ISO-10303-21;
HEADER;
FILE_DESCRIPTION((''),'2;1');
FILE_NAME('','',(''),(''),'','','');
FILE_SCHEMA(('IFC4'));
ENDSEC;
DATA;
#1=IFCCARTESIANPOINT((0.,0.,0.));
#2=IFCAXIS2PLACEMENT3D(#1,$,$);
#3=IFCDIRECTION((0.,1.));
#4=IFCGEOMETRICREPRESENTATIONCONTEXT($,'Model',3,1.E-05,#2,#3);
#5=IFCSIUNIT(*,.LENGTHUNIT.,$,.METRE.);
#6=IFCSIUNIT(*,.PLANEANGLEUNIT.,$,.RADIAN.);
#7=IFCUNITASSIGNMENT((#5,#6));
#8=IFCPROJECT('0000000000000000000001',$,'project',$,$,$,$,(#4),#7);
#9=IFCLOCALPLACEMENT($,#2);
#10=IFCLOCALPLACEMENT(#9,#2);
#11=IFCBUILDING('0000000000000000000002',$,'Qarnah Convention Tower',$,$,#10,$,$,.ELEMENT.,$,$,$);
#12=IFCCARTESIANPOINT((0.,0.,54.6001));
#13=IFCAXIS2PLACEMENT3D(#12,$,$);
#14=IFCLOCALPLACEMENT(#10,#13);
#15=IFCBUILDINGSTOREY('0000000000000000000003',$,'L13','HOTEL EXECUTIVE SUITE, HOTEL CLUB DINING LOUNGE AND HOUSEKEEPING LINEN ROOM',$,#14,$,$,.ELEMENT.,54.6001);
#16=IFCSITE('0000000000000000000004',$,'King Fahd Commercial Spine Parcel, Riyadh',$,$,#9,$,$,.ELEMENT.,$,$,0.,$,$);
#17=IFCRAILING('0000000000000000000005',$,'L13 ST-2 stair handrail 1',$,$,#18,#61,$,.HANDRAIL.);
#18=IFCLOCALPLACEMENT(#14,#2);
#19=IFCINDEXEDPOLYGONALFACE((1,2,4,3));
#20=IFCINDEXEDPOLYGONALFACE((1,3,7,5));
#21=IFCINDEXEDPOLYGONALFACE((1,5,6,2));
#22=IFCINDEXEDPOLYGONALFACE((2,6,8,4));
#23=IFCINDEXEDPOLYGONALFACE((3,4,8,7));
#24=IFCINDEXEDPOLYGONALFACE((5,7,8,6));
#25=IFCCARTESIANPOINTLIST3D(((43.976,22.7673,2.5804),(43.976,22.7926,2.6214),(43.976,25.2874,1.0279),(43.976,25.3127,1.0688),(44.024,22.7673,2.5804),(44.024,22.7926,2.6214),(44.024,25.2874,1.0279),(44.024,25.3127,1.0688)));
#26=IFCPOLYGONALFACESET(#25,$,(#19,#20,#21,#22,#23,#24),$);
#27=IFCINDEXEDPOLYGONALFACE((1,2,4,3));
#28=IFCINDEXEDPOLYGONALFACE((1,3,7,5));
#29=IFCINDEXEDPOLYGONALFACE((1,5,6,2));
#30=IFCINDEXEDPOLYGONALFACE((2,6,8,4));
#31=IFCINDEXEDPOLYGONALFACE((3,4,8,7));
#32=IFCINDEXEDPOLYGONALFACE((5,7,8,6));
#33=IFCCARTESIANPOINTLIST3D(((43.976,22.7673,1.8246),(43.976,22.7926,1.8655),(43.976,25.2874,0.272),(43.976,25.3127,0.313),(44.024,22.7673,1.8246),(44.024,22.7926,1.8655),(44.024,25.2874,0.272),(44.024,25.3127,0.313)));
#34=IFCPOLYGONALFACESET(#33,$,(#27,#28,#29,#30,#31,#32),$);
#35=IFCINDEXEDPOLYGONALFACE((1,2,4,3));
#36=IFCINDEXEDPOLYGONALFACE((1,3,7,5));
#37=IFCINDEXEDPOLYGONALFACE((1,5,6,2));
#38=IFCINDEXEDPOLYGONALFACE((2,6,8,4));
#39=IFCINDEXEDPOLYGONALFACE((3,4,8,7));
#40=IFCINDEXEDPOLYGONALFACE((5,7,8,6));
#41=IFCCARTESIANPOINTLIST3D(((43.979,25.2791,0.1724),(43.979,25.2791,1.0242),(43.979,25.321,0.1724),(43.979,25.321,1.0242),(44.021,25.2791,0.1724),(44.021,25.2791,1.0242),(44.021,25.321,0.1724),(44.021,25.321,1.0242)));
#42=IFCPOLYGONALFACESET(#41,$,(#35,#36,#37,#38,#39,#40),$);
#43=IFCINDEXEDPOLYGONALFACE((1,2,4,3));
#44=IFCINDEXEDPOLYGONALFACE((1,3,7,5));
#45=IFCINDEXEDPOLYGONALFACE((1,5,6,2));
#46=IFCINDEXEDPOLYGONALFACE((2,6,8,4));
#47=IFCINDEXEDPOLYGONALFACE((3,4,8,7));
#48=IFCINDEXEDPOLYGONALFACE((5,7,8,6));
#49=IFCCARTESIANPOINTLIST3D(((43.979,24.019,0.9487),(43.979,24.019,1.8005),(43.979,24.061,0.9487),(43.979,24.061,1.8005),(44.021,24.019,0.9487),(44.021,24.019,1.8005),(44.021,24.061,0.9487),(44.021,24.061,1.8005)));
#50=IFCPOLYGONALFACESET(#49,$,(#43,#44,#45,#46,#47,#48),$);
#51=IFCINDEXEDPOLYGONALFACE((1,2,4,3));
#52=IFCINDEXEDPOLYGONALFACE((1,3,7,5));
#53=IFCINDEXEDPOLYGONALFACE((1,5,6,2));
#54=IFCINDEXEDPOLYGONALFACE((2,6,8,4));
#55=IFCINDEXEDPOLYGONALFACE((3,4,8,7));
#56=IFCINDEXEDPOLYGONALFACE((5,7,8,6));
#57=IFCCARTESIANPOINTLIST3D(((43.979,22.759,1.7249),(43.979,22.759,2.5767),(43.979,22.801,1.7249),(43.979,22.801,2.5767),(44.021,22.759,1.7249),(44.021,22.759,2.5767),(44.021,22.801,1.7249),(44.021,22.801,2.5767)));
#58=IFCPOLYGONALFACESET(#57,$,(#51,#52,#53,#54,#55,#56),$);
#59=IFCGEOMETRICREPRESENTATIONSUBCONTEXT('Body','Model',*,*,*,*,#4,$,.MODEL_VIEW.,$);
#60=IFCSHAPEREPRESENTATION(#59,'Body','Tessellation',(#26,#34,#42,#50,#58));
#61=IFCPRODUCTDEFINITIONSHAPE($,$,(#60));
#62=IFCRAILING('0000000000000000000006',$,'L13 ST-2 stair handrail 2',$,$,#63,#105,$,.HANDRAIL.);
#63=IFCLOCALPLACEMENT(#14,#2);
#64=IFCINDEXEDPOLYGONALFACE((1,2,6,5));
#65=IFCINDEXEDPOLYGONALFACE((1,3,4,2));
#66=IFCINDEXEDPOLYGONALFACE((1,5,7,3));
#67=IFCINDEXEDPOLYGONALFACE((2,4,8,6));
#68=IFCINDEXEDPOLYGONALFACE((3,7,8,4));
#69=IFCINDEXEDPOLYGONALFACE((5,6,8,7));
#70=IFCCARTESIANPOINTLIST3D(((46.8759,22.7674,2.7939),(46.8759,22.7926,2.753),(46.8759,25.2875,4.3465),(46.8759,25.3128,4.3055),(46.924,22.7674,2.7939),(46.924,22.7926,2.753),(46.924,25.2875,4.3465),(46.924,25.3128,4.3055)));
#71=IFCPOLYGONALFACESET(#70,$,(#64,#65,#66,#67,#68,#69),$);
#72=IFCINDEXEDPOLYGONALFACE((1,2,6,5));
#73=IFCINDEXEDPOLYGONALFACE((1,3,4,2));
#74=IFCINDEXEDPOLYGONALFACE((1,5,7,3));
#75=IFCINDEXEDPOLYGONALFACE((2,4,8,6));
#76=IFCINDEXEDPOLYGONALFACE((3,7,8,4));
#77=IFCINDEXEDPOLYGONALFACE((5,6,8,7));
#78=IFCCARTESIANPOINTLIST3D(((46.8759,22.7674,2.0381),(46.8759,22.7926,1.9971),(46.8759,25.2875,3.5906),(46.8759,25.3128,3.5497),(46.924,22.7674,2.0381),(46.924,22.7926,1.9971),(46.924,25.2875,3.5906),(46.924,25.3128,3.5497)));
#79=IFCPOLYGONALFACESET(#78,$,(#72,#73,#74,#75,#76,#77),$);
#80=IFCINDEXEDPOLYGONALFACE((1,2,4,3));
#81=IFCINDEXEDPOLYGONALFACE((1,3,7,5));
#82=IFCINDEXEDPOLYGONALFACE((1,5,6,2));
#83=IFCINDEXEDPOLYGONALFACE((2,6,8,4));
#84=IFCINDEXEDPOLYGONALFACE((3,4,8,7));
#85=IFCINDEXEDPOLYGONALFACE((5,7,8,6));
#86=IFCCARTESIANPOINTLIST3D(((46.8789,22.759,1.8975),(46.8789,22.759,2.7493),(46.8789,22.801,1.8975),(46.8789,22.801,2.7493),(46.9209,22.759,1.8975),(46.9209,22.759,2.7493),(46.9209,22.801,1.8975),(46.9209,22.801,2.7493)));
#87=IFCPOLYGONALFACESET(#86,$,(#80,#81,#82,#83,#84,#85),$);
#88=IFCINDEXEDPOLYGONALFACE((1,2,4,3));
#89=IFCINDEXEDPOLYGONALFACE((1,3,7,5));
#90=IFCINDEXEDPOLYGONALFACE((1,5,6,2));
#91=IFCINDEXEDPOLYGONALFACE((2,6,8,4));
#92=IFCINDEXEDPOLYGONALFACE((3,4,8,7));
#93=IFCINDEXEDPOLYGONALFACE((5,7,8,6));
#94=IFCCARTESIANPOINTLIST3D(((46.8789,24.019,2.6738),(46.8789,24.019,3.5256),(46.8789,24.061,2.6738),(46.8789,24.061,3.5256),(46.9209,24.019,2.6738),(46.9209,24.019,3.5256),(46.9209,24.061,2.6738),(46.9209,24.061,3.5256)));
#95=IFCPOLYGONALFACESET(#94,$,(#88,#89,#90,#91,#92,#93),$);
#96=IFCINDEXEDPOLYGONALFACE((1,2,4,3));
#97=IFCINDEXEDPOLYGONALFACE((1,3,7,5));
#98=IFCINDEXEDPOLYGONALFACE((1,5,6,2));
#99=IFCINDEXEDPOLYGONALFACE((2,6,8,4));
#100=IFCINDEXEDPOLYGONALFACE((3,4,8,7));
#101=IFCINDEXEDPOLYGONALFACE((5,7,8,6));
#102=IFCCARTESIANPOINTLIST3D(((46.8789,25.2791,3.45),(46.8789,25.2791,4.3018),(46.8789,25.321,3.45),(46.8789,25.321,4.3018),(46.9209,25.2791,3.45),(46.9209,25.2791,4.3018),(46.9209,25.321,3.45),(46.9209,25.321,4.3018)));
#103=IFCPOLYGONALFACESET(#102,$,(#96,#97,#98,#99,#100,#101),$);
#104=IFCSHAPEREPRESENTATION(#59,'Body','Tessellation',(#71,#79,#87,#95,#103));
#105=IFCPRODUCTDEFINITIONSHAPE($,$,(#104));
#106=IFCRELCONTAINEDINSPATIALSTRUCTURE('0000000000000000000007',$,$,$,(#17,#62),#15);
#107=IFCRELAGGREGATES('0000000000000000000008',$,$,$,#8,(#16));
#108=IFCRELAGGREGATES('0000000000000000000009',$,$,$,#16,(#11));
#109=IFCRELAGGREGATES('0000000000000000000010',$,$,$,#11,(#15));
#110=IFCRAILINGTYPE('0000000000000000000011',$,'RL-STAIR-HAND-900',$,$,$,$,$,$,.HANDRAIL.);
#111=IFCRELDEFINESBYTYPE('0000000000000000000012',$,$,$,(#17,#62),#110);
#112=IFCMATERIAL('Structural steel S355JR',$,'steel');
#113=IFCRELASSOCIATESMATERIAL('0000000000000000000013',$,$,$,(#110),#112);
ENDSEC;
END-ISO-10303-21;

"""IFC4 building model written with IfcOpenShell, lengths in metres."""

from ifc_helpers import new_model, si_unit, direction, frame, origin, origin_2d, place, context, subcontext, project, spatial, rectangle, extrude, material, type_object, element, save


model = new_model("IFC4")

# Units and contexts
model_context = context("Model", 3, precision=1e-05, world=origin(), true_north=direction((0.0, 1.0)))
body_context = subcontext(model_context, "Body", "Model", "MODEL_VIEW")
ifc_project = project(units=[si_unit("LENGTHUNIT", "METRE"), si_unit("PLANEANGLEUNIT", "RADIAN")], contexts=[model_context])

# Site, building, storey
site_placement = place(None, origin())
site = spatial("IfcSite", under=ifc_project, at=site_placement, Name="King Fahd Commercial Spine Parcel, Riyadh", CompositionType="ELEMENT", RefElevation=0.0)
building_placement = place(site_placement, origin())
building = spatial("IfcBuilding", under=site, at=building_placement, Name="Qarnah Convention Tower", CompositionType="ELEMENT")
storey_placement = place(building_placement, frame((0.0, 0.0, 54.6001)))
storey = spatial("IfcBuildingStorey", under=building, at=storey_placement, Name="L13", Description="HOTEL EXECUTIVE SUITE, HOTEL CLUB DINING LOUNGE AND HOUSEKEEPING LINEN ROOM", CompositionType="ELEMENT", Elevation=54.6001)

# Shared definitions
ifc_material_1 = material(Name="Structural steel S355JR", Category="steel")

# Railings
railing_type_1 = type_object("IfcRailingType", Name="RL-STAIR-HAND-900", PredefinedType="HANDRAIL", material=ifc_material_1)
railing_1_placement = place(storey_placement, frame((44.0, 25.3, 0.1724)))
element("IfcRailing", 1, at=railing_1_placement, inside=storey, type_object=railing_type_1, Name="L13 ST-2 stair handrail 1", PredefinedType="HANDRAIL", context=body_context, shape_type="SweptSolid", body=[
    extrude(rectangle(XDim=0.0481, YDim=0.0481, at=origin_2d()), frame((0.0, 0.0, 0.876), z_axis=(0.0, -0.8514, 0.524516), x_axis=(1.0, 0.0, 0.0)), (0.0, 0.0, 1.0), 2.96),
    extrude(rectangle(XDim=0.0481, YDim=0.0481, at=origin_2d()), frame((0.0, 0.0, 0.1201), z_axis=(0.0, -0.8514, 0.524516), x_axis=(1.0, 0.0, 0.0)), (0.0, 0.0, 1.0), 2.96),
    extrude(rectangle(XDim=0.042, YDim=0.042, at=origin_2d()), origin(), (0.0, 0.0, 1.0), 0.8518),
    extrude(rectangle(XDim=0.042, YDim=0.042, at=origin_2d()), frame((0.0, -1.26, 0.7764)), (0.0, 0.0, 1.0), 0.8518),
    extrude(rectangle(XDim=0.042, YDim=0.042, at=origin_2d()), frame((0.0, -2.52, 1.5525)), (0.0, 0.0, 1.0), 0.8518),
])
railing_2_placement = place(storey_placement, frame((46.8999, 22.78, 1.8975)))
element("IfcRailing", 2, at=railing_2_placement, inside=storey, type_object=railing_type_1, Name="L13 ST-2 stair handrail 2", PredefinedType="HANDRAIL", context=body_context, shape_type="SweptSolid", body=[
    extrude(rectangle(XDim=0.0481, YDim=0.0481, at=origin_2d()), frame((0.0, 0.0, 0.876), z_axis=(0.0, 0.8514, 0.524516), x_axis=(-1.0, 0.0, 0.0)), (0.0, 0.0, 1.0), 2.96),
    extrude(rectangle(XDim=0.0481, YDim=0.0481, at=origin_2d()), frame((0.0, 0.0, 0.1201), z_axis=(0.0, 0.8514, 0.524516), x_axis=(-1.0, 0.0, 0.0)), (0.0, 0.0, 1.0), 2.96),
    extrude(rectangle(XDim=0.042, YDim=0.042, at=origin_2d()), origin(), (0.0, 0.0, 1.0), 0.8518),
    extrude(rectangle(XDim=0.042, YDim=0.042, at=origin_2d()), frame((0.0, 1.26, 0.7764)), (0.0, 0.0, 1.0), 0.8518),
    extrude(rectangle(XDim=0.042, YDim=0.042, at=origin_2d()), frame((0.0, 2.52, 1.5525)), (0.0, 0.0, 1.0), 0.8518),
])

save(model, "model.ifc")
